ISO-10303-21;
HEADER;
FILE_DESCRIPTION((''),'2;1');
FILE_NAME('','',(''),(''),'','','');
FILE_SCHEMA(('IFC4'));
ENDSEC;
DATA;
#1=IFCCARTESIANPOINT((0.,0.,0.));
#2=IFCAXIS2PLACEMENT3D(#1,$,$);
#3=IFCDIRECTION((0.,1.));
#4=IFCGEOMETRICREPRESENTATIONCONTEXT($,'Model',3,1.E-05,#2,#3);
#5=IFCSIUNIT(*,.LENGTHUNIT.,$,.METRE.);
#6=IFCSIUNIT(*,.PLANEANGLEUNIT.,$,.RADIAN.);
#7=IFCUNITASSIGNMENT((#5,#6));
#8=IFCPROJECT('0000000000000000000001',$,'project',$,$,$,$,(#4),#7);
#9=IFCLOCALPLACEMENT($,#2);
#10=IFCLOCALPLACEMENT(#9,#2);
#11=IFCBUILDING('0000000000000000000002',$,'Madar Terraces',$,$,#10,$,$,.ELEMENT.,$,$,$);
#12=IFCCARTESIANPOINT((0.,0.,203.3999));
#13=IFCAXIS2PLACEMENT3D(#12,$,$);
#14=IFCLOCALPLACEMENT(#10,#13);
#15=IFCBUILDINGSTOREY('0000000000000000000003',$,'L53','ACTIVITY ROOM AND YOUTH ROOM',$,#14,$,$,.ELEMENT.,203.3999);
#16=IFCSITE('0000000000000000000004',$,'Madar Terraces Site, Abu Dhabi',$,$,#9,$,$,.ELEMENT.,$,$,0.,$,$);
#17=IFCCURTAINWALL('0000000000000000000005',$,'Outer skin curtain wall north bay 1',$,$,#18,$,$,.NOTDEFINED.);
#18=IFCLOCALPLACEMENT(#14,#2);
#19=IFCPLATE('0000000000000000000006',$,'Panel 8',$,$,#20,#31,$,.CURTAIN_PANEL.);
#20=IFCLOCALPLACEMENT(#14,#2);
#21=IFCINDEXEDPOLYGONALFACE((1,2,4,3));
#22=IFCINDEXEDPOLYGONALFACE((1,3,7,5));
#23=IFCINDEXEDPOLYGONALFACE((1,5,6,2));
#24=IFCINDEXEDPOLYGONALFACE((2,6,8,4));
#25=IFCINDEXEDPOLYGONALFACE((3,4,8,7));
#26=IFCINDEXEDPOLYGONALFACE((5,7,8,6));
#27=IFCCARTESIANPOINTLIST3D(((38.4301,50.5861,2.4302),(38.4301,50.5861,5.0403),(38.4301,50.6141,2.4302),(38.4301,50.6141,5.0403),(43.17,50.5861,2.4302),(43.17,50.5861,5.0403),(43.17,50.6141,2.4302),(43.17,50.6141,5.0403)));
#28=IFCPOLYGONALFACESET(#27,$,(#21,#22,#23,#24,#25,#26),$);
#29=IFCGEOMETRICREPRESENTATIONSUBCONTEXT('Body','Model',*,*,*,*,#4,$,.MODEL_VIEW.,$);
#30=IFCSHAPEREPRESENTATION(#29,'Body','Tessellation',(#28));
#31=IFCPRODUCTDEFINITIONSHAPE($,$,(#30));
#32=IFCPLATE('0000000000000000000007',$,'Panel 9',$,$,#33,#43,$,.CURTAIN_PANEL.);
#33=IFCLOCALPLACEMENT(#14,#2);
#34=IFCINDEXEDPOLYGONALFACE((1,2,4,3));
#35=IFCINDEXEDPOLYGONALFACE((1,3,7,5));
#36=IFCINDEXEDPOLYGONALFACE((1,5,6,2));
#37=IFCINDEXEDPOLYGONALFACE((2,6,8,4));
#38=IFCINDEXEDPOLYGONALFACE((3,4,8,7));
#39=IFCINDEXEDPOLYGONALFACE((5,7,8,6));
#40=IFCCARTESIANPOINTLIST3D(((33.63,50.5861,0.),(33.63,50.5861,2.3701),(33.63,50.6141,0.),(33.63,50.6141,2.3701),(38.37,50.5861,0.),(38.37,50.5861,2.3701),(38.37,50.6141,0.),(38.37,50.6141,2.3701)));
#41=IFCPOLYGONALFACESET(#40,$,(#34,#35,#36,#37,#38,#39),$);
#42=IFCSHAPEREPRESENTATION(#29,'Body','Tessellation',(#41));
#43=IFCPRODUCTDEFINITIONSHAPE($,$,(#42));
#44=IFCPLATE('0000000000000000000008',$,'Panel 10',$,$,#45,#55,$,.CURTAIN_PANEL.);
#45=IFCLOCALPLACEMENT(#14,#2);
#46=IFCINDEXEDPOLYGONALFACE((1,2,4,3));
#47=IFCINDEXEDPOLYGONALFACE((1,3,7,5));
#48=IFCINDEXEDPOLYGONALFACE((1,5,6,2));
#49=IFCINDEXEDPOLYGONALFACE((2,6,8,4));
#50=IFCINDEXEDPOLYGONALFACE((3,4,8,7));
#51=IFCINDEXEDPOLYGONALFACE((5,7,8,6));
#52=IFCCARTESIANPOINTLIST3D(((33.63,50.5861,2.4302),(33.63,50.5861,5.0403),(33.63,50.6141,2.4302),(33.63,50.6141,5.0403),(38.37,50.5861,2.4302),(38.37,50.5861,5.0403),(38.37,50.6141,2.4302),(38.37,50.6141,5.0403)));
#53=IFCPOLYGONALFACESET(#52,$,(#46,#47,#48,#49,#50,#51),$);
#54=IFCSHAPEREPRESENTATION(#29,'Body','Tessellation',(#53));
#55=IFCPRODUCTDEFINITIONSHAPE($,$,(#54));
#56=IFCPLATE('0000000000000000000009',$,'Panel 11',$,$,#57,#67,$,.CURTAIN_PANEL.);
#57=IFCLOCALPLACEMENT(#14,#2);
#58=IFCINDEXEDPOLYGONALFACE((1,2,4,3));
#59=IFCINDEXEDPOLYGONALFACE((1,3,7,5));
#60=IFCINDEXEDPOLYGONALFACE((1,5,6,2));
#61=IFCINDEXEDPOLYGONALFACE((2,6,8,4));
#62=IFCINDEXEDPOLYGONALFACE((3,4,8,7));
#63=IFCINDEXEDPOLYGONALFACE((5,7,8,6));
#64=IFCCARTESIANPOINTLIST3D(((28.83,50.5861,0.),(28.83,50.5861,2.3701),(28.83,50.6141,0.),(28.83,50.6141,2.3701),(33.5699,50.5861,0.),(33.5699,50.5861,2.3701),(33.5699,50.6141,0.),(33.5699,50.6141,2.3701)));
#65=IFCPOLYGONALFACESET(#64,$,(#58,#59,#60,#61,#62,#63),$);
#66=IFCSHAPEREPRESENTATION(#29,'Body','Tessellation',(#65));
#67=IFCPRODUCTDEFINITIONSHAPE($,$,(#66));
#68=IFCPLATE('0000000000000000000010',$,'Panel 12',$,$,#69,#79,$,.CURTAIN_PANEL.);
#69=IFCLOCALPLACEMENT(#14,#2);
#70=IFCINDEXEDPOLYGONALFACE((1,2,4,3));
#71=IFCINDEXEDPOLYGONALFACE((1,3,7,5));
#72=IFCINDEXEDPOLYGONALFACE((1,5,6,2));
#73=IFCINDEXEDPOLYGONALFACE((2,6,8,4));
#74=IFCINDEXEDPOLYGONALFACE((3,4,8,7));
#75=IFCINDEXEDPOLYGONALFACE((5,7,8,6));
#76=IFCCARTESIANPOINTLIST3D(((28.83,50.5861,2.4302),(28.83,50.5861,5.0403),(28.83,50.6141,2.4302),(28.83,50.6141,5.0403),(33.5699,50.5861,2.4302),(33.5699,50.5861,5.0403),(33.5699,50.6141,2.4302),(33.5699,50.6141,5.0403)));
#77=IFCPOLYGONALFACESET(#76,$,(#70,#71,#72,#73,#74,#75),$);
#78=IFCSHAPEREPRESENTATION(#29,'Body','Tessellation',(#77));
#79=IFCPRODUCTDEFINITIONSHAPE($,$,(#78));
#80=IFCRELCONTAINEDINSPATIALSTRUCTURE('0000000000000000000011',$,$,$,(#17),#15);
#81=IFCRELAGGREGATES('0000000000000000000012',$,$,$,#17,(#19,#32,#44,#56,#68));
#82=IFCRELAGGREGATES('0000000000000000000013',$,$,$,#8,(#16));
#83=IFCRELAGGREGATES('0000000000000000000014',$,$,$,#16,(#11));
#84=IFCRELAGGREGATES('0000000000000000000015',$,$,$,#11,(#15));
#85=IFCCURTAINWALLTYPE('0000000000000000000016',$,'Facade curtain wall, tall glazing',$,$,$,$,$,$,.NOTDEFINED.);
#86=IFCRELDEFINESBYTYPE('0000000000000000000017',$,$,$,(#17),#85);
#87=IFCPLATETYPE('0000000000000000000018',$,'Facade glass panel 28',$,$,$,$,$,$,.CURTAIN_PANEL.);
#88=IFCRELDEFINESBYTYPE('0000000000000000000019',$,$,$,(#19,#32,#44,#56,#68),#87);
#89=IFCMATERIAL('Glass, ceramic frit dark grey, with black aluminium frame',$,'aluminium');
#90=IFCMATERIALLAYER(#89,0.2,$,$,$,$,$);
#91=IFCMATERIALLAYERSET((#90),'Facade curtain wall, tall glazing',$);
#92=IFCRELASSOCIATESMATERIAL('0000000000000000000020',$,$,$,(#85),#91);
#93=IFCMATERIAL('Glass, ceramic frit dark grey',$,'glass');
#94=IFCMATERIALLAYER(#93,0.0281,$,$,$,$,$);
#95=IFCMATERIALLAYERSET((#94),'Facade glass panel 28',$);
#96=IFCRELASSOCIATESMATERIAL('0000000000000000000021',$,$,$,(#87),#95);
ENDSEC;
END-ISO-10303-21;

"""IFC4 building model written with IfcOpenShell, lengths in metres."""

from ifc_helpers import new_model, si_unit, direction, frame, origin, origin_2d, place, context, subcontext, project, spatial, rectangle, extrude, material, layer, layer_set, type_object, element, aggregate, save


model = new_model("IFC4")

# Units and contexts
model_context = context("Model", 3, precision=1e-05, world=origin(), true_north=direction((0.0, 1.0)))
body_context = subcontext(model_context, "Body", "Model", "MODEL_VIEW")
ifc_project = project(units=[si_unit("LENGTHUNIT", "METRE"), si_unit("PLANEANGLEUNIT", "RADIAN")], contexts=[model_context])

# Site, building, storey
site_placement = place(None, origin())
site = spatial("IfcSite", under=ifc_project, at=site_placement, Name="Madar Terraces Site, Abu Dhabi", CompositionType="ELEMENT", RefElevation=0.0)
building_placement = place(site_placement, origin())
building = spatial("IfcBuilding", under=site, at=building_placement, Name="Madar Terraces", CompositionType="ELEMENT")
storey_placement = place(building_placement, frame((0.0, 0.0, 203.3999)))
storey = spatial("IfcBuildingStorey", under=building, at=storey_placement, Name="L53", Description="ACTIVITY ROOM AND YOUTH ROOM", CompositionType="ELEMENT", Elevation=203.3999)

# Curtain wall
ifc_material_1 = material(Name="Glass, ceramic frit dark grey, with black aluminium frame", Category="aluminium")
ifc_layer_1 = layer(ifc_material_1, 0.2)
ifc_layer_set_1 = layer_set([ifc_layer_1], Name="Facade curtain wall, tall glazing")
curtain_wall_type = type_object("IfcCurtainWallType", Name="Facade curtain wall, tall glazing", PredefinedType="NOTDEFINED", material=ifc_layer_set_1)
curtain_wall_placement = place(storey_placement, origin())
curtain_wall = element("IfcCurtainWall", 1, at=curtain_wall_placement, inside=storey, type_object=curtain_wall_type, Name="Outer skin curtain wall north bay 1", PredefinedType="NOTDEFINED")

# Plates
ifc_material_2 = material(Name="Glass, ceramic frit dark grey", Category="glass")
ifc_layer_2 = layer(ifc_material_2, 0.0281)
ifc_layer_set_2 = layer_set([ifc_layer_2], Name="Facade glass panel 28")
plate_type = type_object("IfcPlateType", Name="Facade glass panel 28", PredefinedType="CURTAIN_PANEL", material=ifc_layer_set_2)
plate_1_placement = place(storey_placement, frame((40.8, 50.6001, 2.4302), z_axis=(0.0, 0.0, 1.0), x_axis=(-1.0, 0.0, 0.0)))
plate_1 = element("IfcPlate", 2, at=plate_1_placement, type_object=plate_type, Name="Panel 8", PredefinedType="CURTAIN_PANEL", context=body_context, shape_type="SweptSolid", body=[
    extrude(rectangle(XDim=4.74, YDim=0.0281, at=origin_2d()), origin(), (0.0, 0.0, 1.0), 2.6101),
])
plate_2_placement = place(storey_placement, frame((36.0, 50.6001, 0.0), z_axis=(0.0, 0.0, 1.0), x_axis=(-1.0, 0.0, 0.0)))
plate_2 = element("IfcPlate", 3, at=plate_2_placement, type_object=plate_type, Name="Panel 9", PredefinedType="CURTAIN_PANEL", context=body_context, shape_type="SweptSolid", body=[
    extrude(rectangle(XDim=4.74, YDim=0.0281, at=origin_2d()), origin(), (0.0, 0.0, 1.0), 2.3701),
])
plate_3_placement = place(storey_placement, frame((36.0, 50.6001, 2.4302), z_axis=(0.0, 0.0, 1.0), x_axis=(-1.0, 0.0, 0.0)))
plate_3 = element("IfcPlate", 4, at=plate_3_placement, type_object=plate_type, Name="Panel 10", PredefinedType="CURTAIN_PANEL", context=body_context, shape_type="SweptSolid", body=[
    extrude(rectangle(XDim=4.74, YDim=0.0281, at=origin_2d()), origin(), (0.0, 0.0, 1.0), 2.6101),
])
plate_4_placement = place(storey_placement, frame((31.2, 50.6001, 0.0), z_axis=(0.0, 0.0, 1.0), x_axis=(-1.0, 0.0, 0.0)))
plate_4 = element("IfcPlate", 5, at=plate_4_placement, type_object=plate_type, Name="Panel 11", PredefinedType="CURTAIN_PANEL", context=body_context, shape_type="SweptSolid", body=[
    extrude(rectangle(XDim=4.74, YDim=0.0281, at=origin_2d()), origin(), (0.0, 0.0, 1.0), 2.3701),
])
plate_5_placement = place(storey_placement, frame((31.2, 50.6001, 2.4302), z_axis=(0.0, 0.0, 1.0), x_axis=(-1.0, 0.0, 0.0)))
plate_5 = element("IfcPlate", 6, at=plate_5_placement, type_object=plate_type, Name="Panel 12", PredefinedType="CURTAIN_PANEL", context=body_context, shape_type="SweptSolid", body=[
    extrude(rectangle(XDim=4.74, YDim=0.0281, at=origin_2d()), origin(), (0.0, 0.0, 1.0), 2.6101),
])
aggregate(curtain_wall, [plate_1, plate_2, plate_3, plate_4, plate_5])

save(model, "model.ifc")
